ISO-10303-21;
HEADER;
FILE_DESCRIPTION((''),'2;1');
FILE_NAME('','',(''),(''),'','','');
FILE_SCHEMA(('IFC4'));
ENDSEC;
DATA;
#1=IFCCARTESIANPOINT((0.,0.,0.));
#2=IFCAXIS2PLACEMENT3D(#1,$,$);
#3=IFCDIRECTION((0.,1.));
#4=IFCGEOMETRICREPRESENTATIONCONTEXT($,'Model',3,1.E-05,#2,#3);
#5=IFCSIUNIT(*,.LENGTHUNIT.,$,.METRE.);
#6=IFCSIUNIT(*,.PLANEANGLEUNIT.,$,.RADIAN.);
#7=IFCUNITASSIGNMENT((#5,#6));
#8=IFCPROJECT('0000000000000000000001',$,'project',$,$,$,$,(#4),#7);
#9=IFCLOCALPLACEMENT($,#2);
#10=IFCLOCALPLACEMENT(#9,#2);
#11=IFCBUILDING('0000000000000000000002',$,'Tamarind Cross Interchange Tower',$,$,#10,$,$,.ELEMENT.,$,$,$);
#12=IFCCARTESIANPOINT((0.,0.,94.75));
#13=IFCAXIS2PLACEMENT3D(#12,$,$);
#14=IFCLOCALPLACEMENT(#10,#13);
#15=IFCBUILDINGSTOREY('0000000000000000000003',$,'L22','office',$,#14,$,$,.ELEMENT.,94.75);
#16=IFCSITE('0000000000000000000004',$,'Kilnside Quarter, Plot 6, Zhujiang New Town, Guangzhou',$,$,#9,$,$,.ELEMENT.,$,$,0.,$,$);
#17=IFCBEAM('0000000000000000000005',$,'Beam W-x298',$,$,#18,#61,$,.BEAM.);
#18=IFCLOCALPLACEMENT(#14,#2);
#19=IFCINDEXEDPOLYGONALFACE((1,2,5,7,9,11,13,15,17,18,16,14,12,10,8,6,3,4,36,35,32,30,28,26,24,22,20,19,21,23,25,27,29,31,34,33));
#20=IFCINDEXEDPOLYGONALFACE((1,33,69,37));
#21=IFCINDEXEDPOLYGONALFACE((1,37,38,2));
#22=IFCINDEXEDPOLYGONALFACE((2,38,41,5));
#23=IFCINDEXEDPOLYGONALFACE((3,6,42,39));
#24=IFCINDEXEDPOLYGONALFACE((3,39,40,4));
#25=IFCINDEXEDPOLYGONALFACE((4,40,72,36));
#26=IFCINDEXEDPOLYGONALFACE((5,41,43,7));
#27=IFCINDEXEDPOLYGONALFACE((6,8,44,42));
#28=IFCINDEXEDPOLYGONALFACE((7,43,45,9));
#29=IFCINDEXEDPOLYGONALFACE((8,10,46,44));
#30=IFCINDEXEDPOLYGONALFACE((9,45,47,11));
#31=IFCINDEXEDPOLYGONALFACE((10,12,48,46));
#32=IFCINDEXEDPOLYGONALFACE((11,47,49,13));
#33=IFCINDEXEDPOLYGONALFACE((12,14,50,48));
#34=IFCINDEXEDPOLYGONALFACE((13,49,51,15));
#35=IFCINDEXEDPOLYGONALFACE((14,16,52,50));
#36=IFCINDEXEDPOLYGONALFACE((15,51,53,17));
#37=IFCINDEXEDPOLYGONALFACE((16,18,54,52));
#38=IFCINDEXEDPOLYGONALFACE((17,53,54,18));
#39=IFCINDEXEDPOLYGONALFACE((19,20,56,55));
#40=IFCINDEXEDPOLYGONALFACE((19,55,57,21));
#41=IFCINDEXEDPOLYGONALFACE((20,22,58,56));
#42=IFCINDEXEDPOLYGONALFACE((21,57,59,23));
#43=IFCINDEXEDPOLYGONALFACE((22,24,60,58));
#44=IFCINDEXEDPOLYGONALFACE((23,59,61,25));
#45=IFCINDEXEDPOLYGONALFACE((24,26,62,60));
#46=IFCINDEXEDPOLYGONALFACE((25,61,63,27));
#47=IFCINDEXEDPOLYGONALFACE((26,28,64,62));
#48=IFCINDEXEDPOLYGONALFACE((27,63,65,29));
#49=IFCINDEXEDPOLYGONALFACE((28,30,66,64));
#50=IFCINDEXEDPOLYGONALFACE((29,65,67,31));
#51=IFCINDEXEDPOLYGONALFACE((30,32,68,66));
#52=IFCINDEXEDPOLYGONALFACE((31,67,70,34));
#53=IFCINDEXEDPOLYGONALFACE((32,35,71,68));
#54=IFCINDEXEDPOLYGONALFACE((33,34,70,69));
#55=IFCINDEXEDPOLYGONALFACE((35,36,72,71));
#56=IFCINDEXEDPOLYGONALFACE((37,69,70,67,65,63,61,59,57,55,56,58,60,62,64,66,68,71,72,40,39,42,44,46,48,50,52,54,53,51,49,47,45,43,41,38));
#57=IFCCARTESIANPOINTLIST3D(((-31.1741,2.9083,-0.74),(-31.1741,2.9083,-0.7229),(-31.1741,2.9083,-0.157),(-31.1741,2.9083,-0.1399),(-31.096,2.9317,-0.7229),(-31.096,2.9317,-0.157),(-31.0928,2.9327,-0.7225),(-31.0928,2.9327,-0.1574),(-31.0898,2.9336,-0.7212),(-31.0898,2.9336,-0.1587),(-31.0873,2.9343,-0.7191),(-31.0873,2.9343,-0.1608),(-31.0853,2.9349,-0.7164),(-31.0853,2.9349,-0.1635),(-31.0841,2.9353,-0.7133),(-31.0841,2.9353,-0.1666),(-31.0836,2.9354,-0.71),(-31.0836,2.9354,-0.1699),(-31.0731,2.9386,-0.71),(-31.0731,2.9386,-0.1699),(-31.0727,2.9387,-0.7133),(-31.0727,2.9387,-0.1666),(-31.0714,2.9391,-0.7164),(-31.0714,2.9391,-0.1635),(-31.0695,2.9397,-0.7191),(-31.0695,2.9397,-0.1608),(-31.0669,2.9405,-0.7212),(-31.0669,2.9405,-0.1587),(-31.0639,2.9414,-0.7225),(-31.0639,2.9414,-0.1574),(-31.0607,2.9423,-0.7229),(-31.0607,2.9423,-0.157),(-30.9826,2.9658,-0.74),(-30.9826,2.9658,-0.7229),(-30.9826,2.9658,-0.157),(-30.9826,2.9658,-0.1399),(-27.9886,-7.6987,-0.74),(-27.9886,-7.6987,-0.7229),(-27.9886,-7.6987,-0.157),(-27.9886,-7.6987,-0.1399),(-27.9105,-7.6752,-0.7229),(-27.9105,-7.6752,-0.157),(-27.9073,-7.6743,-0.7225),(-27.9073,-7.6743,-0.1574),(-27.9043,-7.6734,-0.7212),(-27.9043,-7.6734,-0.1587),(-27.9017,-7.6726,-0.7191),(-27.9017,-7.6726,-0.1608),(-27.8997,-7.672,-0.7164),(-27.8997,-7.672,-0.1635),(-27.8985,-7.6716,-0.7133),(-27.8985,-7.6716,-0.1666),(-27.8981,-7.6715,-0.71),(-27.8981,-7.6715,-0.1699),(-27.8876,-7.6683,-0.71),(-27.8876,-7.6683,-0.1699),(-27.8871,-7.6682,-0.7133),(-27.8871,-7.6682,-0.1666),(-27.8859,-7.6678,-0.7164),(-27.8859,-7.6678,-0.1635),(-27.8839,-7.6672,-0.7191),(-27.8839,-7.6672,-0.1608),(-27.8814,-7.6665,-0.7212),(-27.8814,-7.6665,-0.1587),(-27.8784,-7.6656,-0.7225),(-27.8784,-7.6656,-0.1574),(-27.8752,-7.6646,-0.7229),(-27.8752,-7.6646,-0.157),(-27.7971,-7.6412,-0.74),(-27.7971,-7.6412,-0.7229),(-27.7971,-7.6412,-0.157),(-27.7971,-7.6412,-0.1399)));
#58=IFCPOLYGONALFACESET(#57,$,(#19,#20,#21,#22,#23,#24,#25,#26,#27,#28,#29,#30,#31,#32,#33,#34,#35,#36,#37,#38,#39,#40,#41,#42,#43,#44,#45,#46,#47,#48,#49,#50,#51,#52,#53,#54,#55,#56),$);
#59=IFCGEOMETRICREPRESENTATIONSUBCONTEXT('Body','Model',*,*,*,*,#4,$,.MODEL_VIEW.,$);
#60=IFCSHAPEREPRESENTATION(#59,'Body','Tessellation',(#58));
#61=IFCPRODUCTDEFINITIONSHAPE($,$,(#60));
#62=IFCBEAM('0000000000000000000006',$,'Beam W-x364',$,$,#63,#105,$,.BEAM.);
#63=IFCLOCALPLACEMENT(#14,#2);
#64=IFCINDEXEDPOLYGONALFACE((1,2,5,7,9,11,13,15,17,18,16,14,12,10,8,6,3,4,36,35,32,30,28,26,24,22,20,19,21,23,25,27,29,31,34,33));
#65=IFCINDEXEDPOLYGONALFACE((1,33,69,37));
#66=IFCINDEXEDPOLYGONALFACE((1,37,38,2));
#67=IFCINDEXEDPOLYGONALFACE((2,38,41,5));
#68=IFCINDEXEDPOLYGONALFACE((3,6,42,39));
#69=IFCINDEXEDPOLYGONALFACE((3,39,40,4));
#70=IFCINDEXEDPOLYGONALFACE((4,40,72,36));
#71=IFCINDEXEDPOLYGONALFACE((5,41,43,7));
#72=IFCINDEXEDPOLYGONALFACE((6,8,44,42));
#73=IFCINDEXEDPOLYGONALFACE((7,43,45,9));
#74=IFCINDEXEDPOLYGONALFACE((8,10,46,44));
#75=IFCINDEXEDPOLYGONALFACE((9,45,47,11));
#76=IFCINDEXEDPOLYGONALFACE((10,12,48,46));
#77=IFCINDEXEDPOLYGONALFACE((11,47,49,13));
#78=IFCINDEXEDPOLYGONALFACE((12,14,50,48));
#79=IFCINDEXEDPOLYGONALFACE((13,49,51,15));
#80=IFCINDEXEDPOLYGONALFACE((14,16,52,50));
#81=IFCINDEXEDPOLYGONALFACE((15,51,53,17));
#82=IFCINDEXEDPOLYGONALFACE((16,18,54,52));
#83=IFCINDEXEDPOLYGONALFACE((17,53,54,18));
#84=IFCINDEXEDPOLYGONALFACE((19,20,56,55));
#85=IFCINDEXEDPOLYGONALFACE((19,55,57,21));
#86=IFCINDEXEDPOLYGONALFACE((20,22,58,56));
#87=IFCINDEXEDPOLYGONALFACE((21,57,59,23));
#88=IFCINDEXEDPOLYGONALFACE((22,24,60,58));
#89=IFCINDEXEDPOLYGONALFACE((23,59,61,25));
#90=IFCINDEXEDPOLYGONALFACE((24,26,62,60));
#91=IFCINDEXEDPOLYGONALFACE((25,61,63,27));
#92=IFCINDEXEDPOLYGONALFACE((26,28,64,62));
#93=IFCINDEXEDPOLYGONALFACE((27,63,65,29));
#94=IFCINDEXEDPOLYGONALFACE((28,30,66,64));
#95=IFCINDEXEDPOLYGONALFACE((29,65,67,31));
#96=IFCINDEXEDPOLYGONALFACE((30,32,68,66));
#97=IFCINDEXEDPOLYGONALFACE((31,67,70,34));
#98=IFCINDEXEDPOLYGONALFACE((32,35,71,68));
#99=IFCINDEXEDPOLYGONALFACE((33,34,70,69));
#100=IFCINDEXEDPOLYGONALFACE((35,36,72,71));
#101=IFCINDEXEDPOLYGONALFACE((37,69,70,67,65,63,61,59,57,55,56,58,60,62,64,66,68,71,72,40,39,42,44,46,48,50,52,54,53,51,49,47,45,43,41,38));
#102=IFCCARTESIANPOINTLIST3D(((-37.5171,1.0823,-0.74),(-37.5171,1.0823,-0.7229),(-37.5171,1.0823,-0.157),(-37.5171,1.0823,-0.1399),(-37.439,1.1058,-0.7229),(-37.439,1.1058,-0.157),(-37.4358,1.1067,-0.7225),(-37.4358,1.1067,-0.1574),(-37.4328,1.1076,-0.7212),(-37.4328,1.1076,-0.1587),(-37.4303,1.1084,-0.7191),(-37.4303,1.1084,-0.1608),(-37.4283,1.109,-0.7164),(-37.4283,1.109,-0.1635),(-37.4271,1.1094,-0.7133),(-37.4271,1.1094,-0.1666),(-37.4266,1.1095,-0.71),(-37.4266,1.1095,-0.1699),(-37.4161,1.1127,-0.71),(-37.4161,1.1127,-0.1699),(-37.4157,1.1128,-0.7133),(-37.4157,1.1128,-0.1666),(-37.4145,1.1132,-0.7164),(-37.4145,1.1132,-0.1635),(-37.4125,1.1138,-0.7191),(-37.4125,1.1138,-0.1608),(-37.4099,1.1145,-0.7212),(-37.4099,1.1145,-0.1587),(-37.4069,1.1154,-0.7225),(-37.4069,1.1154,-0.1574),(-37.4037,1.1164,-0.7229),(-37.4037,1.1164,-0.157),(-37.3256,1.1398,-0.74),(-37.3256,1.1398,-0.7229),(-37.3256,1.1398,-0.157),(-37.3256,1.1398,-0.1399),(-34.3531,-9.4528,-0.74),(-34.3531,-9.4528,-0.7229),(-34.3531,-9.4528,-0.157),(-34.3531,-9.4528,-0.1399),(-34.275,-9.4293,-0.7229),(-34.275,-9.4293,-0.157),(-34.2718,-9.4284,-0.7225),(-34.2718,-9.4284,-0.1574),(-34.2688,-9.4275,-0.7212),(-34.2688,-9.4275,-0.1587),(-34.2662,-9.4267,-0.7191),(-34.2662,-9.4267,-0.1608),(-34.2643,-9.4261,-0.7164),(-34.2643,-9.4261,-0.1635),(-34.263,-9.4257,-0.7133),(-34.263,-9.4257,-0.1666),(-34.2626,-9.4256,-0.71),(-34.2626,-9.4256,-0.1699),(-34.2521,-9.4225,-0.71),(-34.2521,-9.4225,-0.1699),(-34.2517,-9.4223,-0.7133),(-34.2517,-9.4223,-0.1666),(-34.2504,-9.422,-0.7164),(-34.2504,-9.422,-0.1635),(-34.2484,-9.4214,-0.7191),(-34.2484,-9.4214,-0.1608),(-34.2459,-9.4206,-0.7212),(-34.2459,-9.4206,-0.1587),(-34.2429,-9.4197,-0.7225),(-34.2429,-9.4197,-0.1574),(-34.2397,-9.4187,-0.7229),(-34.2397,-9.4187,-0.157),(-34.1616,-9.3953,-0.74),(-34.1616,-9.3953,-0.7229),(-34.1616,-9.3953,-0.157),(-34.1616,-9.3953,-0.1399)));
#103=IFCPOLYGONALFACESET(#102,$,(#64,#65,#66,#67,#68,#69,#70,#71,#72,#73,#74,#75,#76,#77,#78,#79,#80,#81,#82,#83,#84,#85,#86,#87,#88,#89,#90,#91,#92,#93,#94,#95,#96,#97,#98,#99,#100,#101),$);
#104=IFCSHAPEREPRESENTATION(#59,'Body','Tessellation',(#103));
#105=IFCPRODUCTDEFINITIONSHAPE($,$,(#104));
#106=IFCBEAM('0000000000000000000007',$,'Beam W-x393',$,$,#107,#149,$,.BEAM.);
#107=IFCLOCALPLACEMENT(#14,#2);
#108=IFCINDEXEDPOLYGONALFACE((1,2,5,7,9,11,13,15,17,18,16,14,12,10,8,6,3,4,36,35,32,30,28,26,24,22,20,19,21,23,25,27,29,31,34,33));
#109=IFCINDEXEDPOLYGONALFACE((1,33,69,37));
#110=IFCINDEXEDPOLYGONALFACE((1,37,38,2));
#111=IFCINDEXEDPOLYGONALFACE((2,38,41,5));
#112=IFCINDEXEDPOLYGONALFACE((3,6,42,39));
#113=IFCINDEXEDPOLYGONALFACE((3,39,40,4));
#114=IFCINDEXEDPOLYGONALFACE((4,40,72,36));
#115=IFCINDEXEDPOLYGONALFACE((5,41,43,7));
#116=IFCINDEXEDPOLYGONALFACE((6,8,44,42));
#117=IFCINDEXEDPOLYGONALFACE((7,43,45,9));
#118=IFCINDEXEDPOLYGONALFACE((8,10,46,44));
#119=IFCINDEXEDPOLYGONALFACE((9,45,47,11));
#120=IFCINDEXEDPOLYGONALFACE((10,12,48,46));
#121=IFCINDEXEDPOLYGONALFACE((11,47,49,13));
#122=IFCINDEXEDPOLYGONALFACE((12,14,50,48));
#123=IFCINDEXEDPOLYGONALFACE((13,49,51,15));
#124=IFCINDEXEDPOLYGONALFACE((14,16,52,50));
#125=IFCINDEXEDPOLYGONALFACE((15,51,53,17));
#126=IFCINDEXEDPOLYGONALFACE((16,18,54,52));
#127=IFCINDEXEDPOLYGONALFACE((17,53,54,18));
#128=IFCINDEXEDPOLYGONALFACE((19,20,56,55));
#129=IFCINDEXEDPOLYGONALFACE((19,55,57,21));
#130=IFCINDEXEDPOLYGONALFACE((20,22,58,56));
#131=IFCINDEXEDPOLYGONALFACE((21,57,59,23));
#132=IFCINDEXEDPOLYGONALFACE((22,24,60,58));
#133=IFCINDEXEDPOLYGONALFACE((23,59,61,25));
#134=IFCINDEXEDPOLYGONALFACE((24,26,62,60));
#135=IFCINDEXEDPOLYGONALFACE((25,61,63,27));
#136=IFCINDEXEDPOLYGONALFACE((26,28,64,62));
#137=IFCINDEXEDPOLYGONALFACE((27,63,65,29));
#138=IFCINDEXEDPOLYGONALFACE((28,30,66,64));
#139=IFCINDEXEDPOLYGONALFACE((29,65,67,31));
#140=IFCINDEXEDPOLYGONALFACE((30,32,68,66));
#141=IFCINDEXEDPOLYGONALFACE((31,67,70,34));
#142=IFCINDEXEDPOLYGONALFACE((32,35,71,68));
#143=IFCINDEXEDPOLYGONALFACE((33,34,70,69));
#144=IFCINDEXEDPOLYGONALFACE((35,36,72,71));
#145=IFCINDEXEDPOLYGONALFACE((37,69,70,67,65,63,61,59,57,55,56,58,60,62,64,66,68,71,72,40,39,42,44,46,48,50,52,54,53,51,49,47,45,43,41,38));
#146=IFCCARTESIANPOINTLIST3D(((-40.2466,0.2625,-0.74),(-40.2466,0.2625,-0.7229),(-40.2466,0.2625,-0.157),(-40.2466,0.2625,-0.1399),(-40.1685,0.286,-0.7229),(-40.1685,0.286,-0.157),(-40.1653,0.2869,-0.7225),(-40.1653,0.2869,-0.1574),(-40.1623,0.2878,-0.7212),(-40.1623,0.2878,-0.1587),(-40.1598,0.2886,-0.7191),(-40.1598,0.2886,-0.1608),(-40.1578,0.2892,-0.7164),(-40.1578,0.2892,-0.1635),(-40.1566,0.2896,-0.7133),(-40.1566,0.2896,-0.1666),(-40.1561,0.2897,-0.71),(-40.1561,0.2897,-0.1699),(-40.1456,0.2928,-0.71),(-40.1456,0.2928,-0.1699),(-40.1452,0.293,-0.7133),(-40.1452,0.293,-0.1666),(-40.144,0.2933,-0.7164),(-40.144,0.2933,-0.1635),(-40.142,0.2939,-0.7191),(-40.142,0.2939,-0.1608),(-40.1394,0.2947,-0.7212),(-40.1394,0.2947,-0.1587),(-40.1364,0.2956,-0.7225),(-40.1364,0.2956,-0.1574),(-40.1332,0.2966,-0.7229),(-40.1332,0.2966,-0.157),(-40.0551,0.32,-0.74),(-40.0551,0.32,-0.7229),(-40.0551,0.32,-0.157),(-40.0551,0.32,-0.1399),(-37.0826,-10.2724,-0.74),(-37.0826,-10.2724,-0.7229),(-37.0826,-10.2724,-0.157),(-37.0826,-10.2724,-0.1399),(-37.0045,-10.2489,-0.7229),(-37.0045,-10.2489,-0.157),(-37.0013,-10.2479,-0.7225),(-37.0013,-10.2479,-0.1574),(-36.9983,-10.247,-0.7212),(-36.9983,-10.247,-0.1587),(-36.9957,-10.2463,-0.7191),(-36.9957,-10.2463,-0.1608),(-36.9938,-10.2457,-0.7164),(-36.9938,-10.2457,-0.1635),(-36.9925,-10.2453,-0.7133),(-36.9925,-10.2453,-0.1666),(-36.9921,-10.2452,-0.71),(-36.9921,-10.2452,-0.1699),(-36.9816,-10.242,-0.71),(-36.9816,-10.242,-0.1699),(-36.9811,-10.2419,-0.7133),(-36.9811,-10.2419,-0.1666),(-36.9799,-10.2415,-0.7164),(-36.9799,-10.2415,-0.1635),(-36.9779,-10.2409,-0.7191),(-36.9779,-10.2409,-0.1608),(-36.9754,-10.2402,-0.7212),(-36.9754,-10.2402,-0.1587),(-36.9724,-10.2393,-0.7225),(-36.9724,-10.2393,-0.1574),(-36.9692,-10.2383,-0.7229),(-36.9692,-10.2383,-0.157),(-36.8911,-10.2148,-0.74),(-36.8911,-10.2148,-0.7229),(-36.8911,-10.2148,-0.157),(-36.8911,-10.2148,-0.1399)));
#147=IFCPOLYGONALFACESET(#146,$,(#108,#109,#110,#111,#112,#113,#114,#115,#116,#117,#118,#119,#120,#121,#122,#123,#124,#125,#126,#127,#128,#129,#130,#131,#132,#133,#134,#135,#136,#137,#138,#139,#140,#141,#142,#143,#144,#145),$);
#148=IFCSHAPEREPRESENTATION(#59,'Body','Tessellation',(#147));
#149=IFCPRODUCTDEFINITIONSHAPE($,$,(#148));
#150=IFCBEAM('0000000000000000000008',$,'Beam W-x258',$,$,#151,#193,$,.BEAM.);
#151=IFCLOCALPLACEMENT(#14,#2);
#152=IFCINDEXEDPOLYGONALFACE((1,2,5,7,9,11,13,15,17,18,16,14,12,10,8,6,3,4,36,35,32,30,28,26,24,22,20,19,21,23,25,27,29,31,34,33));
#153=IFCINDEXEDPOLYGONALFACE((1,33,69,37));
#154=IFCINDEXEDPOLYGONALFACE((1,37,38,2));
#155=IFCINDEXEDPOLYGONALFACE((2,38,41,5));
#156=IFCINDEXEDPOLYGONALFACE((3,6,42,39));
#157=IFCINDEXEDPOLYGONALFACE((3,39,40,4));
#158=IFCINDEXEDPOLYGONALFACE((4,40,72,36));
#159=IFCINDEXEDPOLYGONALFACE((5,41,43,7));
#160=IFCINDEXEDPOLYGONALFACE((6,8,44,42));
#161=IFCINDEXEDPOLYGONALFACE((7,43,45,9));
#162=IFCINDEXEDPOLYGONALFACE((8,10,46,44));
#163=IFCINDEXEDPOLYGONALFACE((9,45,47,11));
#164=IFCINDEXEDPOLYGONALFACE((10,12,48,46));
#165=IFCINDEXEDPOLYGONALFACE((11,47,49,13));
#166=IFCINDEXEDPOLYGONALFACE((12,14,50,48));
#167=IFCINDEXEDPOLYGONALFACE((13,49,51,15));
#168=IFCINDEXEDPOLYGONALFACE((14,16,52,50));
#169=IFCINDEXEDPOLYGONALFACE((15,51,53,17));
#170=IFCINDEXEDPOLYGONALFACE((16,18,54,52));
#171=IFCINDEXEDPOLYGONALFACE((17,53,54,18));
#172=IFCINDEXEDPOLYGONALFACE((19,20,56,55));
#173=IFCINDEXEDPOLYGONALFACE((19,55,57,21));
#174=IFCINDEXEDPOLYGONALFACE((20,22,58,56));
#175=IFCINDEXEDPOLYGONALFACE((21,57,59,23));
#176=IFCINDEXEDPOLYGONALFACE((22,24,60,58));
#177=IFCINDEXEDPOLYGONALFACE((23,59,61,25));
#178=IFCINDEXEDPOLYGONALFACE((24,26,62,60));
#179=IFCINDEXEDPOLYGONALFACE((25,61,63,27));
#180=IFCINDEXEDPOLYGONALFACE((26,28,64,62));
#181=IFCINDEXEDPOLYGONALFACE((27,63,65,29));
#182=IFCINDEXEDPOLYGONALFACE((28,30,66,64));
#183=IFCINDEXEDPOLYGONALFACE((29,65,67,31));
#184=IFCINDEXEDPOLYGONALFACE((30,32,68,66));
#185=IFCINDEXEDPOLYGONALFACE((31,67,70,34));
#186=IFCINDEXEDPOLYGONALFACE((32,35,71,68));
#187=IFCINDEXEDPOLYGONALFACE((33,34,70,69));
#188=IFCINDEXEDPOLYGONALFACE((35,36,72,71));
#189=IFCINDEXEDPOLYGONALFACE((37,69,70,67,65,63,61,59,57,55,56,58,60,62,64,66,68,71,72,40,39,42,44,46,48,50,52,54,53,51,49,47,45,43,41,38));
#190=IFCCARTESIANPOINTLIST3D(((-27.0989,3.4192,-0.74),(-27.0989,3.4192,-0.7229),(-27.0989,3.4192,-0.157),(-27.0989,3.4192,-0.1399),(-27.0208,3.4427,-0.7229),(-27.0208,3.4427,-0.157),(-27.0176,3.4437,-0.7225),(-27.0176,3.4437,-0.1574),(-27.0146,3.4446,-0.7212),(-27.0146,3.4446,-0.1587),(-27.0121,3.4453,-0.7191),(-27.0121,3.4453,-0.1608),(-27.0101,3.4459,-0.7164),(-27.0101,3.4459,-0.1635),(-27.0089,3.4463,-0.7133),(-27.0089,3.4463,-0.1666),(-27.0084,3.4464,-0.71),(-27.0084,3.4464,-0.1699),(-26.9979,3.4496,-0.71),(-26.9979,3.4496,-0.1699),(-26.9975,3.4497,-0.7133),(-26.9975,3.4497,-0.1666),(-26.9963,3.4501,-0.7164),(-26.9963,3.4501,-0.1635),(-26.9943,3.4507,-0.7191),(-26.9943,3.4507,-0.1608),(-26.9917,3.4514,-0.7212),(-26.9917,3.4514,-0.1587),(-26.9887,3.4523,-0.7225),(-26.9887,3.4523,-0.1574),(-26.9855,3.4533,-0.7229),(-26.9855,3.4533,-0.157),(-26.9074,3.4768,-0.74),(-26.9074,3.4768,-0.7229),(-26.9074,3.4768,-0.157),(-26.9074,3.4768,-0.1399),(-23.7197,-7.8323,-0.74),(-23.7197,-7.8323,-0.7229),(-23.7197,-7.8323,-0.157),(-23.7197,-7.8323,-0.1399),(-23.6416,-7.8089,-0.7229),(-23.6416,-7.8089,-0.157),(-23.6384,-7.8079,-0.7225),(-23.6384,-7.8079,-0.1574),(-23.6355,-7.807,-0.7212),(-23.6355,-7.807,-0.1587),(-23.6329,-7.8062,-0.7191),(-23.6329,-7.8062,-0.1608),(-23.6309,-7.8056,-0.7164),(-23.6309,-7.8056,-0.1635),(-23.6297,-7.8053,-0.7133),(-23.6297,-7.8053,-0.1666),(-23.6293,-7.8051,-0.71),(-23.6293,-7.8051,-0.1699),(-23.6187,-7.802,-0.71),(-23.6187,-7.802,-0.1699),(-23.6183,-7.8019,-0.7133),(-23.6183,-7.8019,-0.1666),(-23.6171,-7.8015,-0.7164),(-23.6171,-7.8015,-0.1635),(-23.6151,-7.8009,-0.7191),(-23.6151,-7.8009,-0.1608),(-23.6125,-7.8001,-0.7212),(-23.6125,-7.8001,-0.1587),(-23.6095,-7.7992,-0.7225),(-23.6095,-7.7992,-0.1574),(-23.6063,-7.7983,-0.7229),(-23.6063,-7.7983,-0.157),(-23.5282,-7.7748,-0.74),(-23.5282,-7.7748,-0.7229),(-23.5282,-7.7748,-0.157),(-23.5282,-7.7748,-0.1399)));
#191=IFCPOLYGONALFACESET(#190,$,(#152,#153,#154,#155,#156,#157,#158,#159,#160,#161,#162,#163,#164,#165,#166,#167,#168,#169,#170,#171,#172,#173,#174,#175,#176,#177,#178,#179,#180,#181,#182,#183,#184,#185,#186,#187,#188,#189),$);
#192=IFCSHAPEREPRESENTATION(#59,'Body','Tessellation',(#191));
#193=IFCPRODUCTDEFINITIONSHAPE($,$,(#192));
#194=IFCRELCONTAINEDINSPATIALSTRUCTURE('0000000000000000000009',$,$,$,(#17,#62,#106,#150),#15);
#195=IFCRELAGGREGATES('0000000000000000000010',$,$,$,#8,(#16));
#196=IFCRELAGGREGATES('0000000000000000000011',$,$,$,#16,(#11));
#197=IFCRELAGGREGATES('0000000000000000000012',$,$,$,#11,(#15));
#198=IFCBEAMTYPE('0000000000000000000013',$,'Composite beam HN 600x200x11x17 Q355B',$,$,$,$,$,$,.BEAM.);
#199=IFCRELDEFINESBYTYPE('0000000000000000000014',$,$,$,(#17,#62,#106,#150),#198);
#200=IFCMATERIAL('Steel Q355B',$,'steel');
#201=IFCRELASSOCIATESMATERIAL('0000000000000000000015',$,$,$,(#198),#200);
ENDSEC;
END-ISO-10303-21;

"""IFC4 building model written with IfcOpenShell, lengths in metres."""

from ifc_helpers import new_model, si_unit, direction, frame, origin, origin_2d, place, context, subcontext, project, spatial, i_section, extrude, material, material_profile, profile_set, type_object, element, save


model = new_model("IFC4")

# Units and contexts
model_context = context("Model", 3, precision=1e-05, world=origin(), true_north=direction((0.0, 1.0)))
body_context = subcontext(model_context, "Body", "Model", "MODEL_VIEW")
ifc_project = project(units=[si_unit("LENGTHUNIT", "METRE"), si_unit("PLANEANGLEUNIT", "RADIAN")], contexts=[model_context])

# Site, building, storey
site_placement = place(None, origin())
site = spatial("IfcSite", under=ifc_project, at=site_placement, Name="Kilnside Quarter, Plot 6, Zhujiang New Town, Guangzhou", CompositionType="ELEMENT", RefElevation=0.0)
building_placement = place(site_placement, origin())
building = spatial("IfcBuilding", under=site, at=building_placement, Name="Tamarind Cross Interchange Tower", CompositionType="ELEMENT")
storey_placement = place(building_placement, frame((0.0, 0.0, 94.75)))
storey = spatial("IfcBuildingStorey", under=building, at=storey_placement, Name="L22", Description="office", CompositionType="ELEMENT", Elevation=94.75)

# Beams
ifc_material_1 = material(Name="Steel Q355B", Category="steel")
ifc_material_profile_1 = material_profile(ifc_material_1, i_section(OverallWidth=0.2, OverallDepth=0.6001, WebThickness=0.011, FlangeThickness=0.0171, FilletRadius=0.0129, at=origin_2d()), Name="HN 600x200x11x17")
ifc_profile_set_1 = profile_set([ifc_material_profile_1], Name="Steel Q355B")
beam_type_1 = type_object("IfcBeamType", Name="Composite beam HN 600x200x11x17 Q355B", PredefinedType="BEAM", material=ifc_profile_set_1)
beam_1_placement = place(storey_placement, frame((-31.0784, 2.937, -0.4399), z_axis=(0.287635, -0.95774, 0.0), x_axis=(0.95774, 0.287635, 0.0)))
element("IfcBeam", 1, at=beam_1_placement, inside=storey, type_object=beam_type_1, Name="Beam W-x298", PredefinedType="BEAM", context=body_context, shape_type="SweptSolid", body=[
    extrude(i_section(OverallWidth=0.2, OverallDepth=0.6001, WebThickness=0.011, FlangeThickness=0.0171, FilletRadius=0.0129, at=origin_2d()), origin(), (0.0, 0.0, 1.0), 11.075),
])
beam_2_placement = place(storey_placement, frame((-37.4214, 1.1111, -0.4399), z_axis=(0.287641, -0.957738, 0.0), x_axis=(0.957738, 0.287641, 0.0)))
element("IfcBeam", 2, at=beam_2_placement, inside=storey, type_object=beam_type_1, Name="Beam W-x364", PredefinedType="BEAM", context=body_context, shape_type="SweptSolid", body=[
    extrude(i_section(OverallWidth=0.2, OverallDepth=0.6001, WebThickness=0.011, FlangeThickness=0.0171, FilletRadius=0.0129, at=origin_2d()), origin(), (0.0, 0.0, 1.0), 11.0),
])
beam_3_placement = place(storey_placement, frame((-40.1509, 0.2913, -0.4399), z_axis=(0.287647, -0.957736, 0.0), x_axis=(0.957736, 0.287647, 0.0)))
element("IfcBeam", 3, at=beam_3_placement, inside=storey, type_object=beam_type_1, Name="Beam W-x393", PredefinedType="BEAM", context=body_context, shape_type="SweptSolid", body=[
    extrude(i_section(OverallWidth=0.2, OverallDepth=0.6001, WebThickness=0.011, FlangeThickness=0.0171, FilletRadius=0.0129, at=origin_2d()), origin(), (0.0, 0.0, 1.0), 10.9998),
])
beam_4_placement = place(storey_placement, frame((-27.0032, 3.448, -0.4399), z_axis=(0.287638, -0.957739, 0.0), x_axis=(0.957739, 0.287638, 0.0)))
element("IfcBeam", 4, at=beam_4_placement, inside=storey, type_object=beam_type_1, Name="Beam W-x258", PredefinedType="BEAM", context=body_context, shape_type="SweptSolid", body=[
    extrude(i_section(OverallWidth=0.2, OverallDepth=0.6001, WebThickness=0.011, FlangeThickness=0.0171, FilletRadius=0.0129, at=origin_2d()), origin(), (0.0, 0.0, 1.0), 11.748),
])

save(model, "model.ifc")
